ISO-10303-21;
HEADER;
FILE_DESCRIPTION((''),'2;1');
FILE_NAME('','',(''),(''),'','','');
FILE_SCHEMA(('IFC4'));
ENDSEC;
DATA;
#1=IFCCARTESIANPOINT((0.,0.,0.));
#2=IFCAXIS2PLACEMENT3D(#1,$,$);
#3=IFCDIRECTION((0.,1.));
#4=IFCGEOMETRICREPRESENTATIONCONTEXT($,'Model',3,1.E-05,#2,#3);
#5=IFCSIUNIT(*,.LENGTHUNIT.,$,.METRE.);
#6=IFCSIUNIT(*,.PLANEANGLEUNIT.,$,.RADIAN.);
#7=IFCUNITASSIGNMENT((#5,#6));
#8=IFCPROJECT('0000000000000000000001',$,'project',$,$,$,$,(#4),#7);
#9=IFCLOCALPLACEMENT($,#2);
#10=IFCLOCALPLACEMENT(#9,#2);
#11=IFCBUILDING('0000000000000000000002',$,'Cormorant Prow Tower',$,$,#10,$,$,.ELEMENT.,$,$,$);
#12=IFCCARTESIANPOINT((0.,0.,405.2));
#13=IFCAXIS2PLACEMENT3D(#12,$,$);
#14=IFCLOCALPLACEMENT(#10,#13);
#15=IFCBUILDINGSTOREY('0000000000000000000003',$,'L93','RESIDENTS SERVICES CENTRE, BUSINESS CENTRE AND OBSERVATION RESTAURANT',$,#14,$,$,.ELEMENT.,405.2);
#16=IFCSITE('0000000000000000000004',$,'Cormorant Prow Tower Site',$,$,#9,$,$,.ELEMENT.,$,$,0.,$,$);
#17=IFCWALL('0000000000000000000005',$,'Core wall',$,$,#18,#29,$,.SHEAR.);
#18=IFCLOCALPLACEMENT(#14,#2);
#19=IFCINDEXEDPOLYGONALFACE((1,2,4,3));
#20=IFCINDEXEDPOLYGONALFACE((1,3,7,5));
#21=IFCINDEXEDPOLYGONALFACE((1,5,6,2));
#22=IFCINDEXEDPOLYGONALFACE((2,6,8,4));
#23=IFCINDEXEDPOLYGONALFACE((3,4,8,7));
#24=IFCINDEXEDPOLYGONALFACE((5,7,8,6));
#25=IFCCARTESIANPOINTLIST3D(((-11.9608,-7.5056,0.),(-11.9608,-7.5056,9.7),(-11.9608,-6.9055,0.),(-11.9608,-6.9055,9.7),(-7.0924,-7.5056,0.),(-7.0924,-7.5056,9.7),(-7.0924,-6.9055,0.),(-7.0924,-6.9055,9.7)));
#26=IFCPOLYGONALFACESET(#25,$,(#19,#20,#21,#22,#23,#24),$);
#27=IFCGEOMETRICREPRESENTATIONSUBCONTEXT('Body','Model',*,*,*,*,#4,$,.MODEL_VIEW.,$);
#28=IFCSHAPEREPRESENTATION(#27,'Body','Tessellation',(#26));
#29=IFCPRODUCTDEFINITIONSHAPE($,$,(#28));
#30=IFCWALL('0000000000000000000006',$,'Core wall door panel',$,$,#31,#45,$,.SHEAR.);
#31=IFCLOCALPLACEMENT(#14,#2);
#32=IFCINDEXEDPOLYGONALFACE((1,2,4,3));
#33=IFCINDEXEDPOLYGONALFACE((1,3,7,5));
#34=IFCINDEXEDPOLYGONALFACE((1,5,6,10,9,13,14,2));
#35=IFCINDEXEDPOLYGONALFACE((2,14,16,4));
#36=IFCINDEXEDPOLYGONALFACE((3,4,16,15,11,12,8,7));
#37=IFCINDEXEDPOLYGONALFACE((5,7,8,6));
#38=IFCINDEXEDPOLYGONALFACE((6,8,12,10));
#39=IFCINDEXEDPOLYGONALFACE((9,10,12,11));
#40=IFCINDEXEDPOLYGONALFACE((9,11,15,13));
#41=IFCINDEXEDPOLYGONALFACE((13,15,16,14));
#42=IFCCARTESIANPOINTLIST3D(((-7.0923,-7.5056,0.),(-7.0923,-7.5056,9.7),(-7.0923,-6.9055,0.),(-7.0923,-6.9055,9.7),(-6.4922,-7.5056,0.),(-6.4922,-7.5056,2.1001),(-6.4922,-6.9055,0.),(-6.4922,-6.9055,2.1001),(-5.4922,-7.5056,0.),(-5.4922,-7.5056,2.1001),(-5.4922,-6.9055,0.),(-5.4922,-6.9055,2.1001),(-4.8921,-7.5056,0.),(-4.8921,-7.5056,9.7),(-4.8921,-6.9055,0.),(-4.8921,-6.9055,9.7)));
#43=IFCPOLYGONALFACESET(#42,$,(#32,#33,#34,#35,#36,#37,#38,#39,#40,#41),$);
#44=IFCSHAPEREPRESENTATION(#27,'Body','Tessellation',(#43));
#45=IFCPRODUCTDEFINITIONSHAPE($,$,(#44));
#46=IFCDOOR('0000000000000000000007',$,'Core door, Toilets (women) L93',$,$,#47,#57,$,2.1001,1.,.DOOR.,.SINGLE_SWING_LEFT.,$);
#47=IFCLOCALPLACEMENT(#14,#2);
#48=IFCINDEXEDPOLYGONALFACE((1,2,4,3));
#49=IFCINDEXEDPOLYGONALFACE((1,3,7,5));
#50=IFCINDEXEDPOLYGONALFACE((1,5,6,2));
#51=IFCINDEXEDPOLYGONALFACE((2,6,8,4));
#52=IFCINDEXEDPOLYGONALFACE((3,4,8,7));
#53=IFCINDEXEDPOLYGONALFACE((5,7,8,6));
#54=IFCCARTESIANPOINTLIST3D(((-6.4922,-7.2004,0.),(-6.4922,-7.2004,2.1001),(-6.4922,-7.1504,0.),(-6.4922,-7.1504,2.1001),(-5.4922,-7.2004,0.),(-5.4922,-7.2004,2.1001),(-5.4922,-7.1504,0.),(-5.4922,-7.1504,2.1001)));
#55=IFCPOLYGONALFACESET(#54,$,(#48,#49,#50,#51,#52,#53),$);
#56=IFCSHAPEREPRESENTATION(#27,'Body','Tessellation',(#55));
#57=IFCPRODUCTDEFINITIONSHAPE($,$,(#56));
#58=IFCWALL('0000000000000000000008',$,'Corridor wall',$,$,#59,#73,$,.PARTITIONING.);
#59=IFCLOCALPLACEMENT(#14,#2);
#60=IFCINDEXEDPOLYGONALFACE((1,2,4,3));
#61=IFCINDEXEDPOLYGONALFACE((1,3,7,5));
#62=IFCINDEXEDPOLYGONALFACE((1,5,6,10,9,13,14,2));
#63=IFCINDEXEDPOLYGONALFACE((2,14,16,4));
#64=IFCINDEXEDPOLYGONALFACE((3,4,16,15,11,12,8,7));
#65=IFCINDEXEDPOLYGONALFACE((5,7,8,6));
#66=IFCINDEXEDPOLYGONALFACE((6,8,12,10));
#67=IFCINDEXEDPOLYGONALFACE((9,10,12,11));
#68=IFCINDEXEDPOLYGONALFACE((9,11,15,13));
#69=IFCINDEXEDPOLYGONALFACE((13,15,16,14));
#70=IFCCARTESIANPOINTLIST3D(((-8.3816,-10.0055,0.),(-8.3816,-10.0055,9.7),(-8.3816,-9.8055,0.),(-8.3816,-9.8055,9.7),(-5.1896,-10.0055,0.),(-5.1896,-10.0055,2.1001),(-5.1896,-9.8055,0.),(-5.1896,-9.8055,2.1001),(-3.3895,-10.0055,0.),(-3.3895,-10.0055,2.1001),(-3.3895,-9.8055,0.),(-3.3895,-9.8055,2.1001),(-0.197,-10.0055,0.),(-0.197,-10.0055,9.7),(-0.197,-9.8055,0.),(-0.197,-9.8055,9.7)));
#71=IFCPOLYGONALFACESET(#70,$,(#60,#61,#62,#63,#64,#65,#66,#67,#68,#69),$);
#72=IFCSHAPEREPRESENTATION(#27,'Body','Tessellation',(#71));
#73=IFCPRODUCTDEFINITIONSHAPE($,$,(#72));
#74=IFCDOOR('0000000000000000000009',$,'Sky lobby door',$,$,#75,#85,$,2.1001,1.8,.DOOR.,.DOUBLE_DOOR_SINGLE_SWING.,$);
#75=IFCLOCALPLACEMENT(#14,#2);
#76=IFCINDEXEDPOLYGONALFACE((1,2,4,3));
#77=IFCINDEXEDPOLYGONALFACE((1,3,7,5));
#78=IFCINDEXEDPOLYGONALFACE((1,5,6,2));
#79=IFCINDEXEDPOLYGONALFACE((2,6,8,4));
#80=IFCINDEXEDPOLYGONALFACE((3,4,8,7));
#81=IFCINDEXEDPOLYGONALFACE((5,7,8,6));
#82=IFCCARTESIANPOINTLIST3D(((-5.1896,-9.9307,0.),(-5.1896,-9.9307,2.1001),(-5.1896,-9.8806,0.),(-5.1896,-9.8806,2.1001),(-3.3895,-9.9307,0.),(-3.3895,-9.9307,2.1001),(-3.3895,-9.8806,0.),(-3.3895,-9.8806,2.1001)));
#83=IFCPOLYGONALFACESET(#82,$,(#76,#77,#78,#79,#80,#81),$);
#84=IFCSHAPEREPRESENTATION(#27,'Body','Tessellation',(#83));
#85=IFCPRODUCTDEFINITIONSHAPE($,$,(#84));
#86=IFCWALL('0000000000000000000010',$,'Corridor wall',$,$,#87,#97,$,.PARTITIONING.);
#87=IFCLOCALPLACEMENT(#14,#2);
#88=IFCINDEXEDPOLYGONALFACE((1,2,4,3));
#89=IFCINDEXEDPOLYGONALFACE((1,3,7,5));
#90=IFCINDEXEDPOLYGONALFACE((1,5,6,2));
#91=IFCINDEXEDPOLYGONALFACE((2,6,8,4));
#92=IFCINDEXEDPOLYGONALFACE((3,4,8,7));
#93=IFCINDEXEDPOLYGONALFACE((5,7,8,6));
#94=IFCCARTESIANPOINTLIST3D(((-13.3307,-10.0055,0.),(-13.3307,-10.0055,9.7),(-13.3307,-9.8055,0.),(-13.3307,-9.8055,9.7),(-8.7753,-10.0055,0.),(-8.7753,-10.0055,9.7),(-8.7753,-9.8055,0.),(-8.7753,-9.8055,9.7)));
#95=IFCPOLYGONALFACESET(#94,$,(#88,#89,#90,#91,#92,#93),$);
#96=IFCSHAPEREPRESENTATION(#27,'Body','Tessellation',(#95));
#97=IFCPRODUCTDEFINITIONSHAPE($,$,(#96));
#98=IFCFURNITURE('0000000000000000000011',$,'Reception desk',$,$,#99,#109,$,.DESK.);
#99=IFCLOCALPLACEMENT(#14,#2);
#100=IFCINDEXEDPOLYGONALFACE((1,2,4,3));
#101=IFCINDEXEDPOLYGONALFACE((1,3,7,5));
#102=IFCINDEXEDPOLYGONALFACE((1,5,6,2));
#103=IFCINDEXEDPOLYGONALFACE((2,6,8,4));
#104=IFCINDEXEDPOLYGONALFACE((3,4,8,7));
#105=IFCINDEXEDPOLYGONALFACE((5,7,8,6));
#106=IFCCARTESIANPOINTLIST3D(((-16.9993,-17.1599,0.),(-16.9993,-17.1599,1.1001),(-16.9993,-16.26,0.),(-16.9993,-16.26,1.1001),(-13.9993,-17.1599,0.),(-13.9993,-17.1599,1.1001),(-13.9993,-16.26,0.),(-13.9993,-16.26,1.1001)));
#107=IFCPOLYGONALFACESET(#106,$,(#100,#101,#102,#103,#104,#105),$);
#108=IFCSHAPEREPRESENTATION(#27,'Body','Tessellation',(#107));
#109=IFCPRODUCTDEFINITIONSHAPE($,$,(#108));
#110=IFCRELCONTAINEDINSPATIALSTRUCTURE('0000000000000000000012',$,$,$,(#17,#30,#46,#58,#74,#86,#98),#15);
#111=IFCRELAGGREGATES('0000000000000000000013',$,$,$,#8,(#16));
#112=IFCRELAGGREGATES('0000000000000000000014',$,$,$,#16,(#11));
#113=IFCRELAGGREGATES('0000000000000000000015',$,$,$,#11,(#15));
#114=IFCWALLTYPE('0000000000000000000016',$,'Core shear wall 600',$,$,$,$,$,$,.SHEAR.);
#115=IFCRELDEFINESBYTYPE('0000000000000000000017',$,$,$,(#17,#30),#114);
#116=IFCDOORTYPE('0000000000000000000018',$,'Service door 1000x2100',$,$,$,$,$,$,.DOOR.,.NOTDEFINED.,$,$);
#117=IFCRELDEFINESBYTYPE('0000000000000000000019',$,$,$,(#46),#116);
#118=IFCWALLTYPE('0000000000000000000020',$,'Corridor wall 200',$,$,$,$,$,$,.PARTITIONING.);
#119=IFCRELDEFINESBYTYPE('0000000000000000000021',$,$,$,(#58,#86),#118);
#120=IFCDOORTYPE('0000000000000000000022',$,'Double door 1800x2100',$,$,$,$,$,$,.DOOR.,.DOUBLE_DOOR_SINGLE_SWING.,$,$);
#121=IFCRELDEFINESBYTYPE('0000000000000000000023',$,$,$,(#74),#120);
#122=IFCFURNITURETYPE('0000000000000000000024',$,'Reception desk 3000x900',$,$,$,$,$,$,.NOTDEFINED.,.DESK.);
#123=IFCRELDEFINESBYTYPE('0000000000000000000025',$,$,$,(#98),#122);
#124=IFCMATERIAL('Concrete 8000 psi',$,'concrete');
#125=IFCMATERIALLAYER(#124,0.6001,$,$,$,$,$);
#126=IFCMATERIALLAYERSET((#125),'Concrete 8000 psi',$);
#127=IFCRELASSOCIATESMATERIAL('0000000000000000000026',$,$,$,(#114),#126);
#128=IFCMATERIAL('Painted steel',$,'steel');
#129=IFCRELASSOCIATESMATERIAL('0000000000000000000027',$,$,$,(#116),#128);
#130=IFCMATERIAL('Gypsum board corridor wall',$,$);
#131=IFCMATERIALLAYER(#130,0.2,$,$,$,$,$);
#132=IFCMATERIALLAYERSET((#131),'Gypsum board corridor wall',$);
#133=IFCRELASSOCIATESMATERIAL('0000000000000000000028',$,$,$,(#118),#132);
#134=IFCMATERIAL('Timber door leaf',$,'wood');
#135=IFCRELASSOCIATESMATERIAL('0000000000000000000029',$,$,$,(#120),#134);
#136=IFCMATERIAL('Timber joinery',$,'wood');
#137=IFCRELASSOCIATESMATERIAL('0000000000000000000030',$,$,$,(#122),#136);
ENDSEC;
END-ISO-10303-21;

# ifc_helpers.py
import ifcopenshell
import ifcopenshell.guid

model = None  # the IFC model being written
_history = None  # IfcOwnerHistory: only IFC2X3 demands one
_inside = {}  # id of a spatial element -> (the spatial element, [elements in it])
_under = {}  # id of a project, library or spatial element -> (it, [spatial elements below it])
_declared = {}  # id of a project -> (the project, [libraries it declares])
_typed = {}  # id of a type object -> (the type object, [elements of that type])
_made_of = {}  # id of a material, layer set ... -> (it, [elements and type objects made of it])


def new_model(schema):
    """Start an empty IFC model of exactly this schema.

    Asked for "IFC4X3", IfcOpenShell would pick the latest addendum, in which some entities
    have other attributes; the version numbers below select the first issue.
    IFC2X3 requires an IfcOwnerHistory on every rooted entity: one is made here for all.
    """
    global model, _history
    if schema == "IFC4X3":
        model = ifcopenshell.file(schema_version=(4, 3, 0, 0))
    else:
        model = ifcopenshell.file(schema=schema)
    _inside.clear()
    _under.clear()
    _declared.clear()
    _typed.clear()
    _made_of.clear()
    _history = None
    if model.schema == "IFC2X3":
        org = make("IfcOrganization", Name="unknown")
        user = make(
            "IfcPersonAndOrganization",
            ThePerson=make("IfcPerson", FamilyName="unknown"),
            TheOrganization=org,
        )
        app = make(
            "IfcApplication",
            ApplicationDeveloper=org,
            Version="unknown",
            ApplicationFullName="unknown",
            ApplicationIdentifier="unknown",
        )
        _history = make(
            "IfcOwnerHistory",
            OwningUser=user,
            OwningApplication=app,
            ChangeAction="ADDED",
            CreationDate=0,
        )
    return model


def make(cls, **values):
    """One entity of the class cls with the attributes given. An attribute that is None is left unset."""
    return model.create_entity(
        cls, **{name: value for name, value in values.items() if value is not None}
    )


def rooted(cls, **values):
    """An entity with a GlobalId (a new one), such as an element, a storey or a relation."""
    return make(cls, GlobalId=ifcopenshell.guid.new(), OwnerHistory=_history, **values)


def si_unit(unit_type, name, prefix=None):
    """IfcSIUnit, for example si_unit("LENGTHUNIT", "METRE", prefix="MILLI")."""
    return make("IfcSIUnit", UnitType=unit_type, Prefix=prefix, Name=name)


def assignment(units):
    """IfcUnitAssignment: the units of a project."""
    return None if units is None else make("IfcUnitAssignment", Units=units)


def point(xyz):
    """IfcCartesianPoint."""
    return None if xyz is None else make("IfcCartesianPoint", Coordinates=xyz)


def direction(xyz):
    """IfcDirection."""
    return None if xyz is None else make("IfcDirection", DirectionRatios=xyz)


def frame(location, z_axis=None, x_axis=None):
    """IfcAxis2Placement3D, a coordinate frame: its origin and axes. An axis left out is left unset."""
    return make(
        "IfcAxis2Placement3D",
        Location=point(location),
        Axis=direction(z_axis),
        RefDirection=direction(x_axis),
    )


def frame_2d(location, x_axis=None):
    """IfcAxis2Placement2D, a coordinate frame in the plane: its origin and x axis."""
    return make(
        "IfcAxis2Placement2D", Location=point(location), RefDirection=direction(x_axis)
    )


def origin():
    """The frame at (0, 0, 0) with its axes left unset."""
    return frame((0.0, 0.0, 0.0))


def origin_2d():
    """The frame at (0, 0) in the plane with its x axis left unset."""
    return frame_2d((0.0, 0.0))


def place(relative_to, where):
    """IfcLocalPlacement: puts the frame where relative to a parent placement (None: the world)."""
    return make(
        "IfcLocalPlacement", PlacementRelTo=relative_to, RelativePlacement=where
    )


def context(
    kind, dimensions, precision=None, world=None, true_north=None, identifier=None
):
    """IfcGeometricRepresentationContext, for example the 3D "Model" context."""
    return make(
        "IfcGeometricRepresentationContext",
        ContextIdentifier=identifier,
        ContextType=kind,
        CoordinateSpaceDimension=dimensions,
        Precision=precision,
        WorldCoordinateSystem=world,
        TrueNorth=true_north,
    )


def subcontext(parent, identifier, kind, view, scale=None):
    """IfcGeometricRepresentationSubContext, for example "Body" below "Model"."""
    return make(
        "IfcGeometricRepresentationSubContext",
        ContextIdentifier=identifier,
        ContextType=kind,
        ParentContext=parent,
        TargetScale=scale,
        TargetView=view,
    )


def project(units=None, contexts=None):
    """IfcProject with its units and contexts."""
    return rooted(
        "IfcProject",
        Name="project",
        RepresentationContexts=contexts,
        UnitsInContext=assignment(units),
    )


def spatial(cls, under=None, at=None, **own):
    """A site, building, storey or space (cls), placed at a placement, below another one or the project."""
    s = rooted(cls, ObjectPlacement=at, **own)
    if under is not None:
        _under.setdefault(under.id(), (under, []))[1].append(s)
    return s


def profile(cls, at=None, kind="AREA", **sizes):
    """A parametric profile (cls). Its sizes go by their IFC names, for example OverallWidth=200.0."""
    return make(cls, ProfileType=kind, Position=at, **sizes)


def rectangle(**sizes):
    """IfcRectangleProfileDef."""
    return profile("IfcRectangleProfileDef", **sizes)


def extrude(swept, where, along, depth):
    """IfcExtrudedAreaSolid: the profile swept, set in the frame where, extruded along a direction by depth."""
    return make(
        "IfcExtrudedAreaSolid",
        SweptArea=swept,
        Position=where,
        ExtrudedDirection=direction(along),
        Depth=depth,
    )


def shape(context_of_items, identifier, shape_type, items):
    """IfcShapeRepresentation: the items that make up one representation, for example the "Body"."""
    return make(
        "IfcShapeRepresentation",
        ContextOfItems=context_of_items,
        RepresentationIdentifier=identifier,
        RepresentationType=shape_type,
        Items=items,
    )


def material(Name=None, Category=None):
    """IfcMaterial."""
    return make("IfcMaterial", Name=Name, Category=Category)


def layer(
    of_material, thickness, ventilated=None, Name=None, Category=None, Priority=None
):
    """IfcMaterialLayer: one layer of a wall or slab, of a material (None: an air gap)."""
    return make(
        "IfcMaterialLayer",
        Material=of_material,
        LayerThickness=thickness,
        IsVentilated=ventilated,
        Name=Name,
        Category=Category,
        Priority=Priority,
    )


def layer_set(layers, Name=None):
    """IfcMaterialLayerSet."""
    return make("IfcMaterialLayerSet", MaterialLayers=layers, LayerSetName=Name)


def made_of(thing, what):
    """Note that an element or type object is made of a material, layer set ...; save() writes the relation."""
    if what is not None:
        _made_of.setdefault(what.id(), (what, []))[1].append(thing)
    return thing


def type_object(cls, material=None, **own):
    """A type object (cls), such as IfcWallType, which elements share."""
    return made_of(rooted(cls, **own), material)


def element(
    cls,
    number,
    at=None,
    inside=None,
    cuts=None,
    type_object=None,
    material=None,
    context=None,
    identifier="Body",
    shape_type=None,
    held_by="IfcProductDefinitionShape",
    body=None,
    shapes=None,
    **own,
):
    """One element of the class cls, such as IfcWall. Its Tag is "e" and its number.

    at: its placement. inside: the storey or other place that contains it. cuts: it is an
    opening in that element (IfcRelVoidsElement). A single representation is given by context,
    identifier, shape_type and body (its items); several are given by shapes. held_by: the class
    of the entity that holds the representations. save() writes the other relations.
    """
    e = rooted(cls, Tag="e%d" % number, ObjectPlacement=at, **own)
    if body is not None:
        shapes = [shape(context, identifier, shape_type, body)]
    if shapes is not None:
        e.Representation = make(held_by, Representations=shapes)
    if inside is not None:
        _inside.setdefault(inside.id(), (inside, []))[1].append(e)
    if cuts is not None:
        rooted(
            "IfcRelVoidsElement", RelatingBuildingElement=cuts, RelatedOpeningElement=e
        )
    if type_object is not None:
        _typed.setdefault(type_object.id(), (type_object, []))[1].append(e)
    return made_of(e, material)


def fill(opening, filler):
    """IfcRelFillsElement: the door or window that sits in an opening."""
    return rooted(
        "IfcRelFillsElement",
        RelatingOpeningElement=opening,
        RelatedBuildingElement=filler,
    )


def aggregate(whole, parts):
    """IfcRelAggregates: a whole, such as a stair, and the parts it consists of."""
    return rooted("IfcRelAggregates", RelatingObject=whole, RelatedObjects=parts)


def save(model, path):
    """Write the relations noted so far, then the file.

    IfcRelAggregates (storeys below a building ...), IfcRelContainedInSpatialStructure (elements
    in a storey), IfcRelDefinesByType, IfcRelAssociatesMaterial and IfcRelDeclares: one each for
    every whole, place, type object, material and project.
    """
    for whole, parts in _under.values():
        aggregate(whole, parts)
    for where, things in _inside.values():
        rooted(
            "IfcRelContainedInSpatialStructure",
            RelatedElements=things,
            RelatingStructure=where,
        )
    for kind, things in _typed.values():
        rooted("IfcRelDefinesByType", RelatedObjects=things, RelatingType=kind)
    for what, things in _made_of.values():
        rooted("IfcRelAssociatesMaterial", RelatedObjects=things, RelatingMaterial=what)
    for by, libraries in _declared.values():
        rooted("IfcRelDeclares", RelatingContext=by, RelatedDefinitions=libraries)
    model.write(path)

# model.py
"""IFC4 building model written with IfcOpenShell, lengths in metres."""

from ifc_helpers import new_model, si_unit, direction, frame, frame_2d, origin, origin_2d, place, context, subcontext, project, spatial, rectangle, extrude, material, layer, layer_set, type_object, element, fill, save


model = new_model("IFC4")

# Units and contexts
model_context = context("Model", 3, precision=1e-05, world=origin(), true_north=direction((0.0, 1.0)))
body_context = subcontext(model_context, "Body", "Model", "MODEL_VIEW")
ifc_project = project(units=[si_unit("LENGTHUNIT", "METRE"), si_unit("PLANEANGLEUNIT", "RADIAN")], contexts=[model_context])

# Site, building, storey
site_placement = place(None, origin())
site = spatial("IfcSite", under=ifc_project, at=site_placement, Name="Cormorant Prow Tower Site", CompositionType="ELEMENT", RefElevation=0.0)
building_placement = place(site_placement, origin())
building = spatial("IfcBuilding", under=site, at=building_placement, Name="Cormorant Prow Tower", CompositionType="ELEMENT")
storey_placement = place(building_placement, frame((0.0, 0.0, 405.2)))
storey = spatial("IfcBuildingStorey", under=building, at=storey_placement, Name="L93", Description="RESIDENTS SERVICES CENTRE, BUSINESS CENTRE AND OBSERVATION RESTAURANT", CompositionType="ELEMENT", Elevation=405.2)

# Wall
ifc_material_1 = material(Name="Concrete 8000 psi", Category="concrete")
ifc_layer_1 = layer(ifc_material_1, 0.6001)
ifc_layer_set_1 = layer_set([ifc_layer_1], Name="Concrete 8000 psi")
wall_type_1 = type_object("IfcWallType", Name="Core shear wall 600", PredefinedType="SHEAR", material=ifc_layer_set_1)
wall_1_placement = place(storey_placement, frame((-11.9607, -7.2056, 0.0), z_axis=(0.0, 0.0, 1.0), x_axis=(1.0, 0.0, 0.0)))
element("IfcWall", 1, at=wall_1_placement, inside=storey, type_object=wall_type_1, Name="Core wall", PredefinedType="SHEAR", context=body_context, shape_type="SweptSolid", body=[
    extrude(rectangle(XDim=4.8684, YDim=0.6001, at=frame_2d((2.4341, 0.0))), origin(), (0.0, 0.0, 1.0), 9.7),
])

# Walls, openings, doors
wall_2_placement = place(storey_placement, frame((-7.0923, -7.2056, 0.0), z_axis=(0.0, 0.0, 1.0), x_axis=(1.0, 0.0, 0.0)))
wall_2 = element("IfcWall", 2, at=wall_2_placement, inside=storey, type_object=wall_type_1, Name="Core wall door panel", PredefinedType="SHEAR", context=body_context, shape_type="SweptSolid", body=[
    extrude(rectangle(XDim=2.2002, YDim=0.6001, at=frame_2d((1.1001, 0.0))), origin(), (0.0, 0.0, 1.0), 9.7),
])
opening_1_placement = place(wall_2_placement, frame((0.6001, 0.0, 0.0)))
opening_1 = element("IfcOpeningElement", 3, at=opening_1_placement, cuts=wall_2, PredefinedType="OPENING", context=body_context, shape_type="SweptSolid", body=[
    extrude(rectangle(XDim=1.0, YDim=2.1001, at=frame_2d((0.5, 1.05))), frame((0.0, 0.3101, 0.0), z_axis=(0.0, -1.0, 0.0), x_axis=(1.0, 0.0, 0.0)), (0.0, 0.0, 1.0), 0.6201),
])
ifc_material_2 = material(Name="Painted steel", Category="steel")
door_type_1 = type_object("IfcDoorType", Name="Service door 1000x2100", OperationType="NOTDEFINED", PredefinedType="DOOR", material=ifc_material_2)
door_1_placement = place(opening_1_placement, origin())
door_1 = element("IfcDoor", 4, at=door_1_placement, inside=storey, type_object=door_type_1, Name="Core door, Toilets (women) L93", OperationType="SINGLE_SWING_LEFT", OverallHeight=2.1001, OverallWidth=1.0, PredefinedType="DOOR", context=body_context, shape_type="SweptSolid", body=[
    extrude(rectangle(XDim=1.0, YDim=2.1001, at=frame_2d((0.5, 1.05))), frame((0.0, 0.0552, 0.0), z_axis=(0.0, -1.0, 0.0), x_axis=(1.0, 0.0, 0.0)), (0.0, 0.0, 1.0), 0.05),
])
fill(opening_1, door_1)
ifc_material_3 = material(Name="Gypsum board corridor wall")
ifc_layer_2 = layer(ifc_material_3, 0.2)
ifc_layer_set_2 = layer_set([ifc_layer_2], Name="Gypsum board corridor wall")
wall_type_2 = type_object("IfcWallType", Name="Corridor wall 200", PredefinedType="PARTITIONING", material=ifc_layer_set_2)
wall_3_placement = place(storey_placement, frame((-8.3816, -9.9055, 0.0), z_axis=(0.0, 0.0, 1.0), x_axis=(1.0, 0.0, 0.0)))
wall_3 = element("IfcWall", 5, at=wall_3_placement, inside=storey, type_object=wall_type_2, Name="Corridor wall", PredefinedType="PARTITIONING", context=body_context, shape_type="SweptSolid", body=[
    extrude(rectangle(XDim=8.1846, YDim=0.2, at=frame_2d((4.0923, 0.0))), origin(), (0.0, 0.0, 1.0), 9.7),
])
opening_2_placement = place(wall_3_placement, frame((3.1921, 0.0, 0.0)))
opening_2 = element("IfcOpeningElement", 6, at=opening_2_placement, cuts=wall_3, PredefinedType="OPENING", context=body_context, shape_type="SweptSolid", body=[
    extrude(rectangle(XDim=1.8, YDim=2.1001, at=frame_2d((0.8999, 1.05))), frame((0.0, 0.1099, 0.0), z_axis=(0.0, -1.0, 0.0), x_axis=(1.0, 0.0, 0.0)), (0.0, 0.0, 1.0), 0.22),
])
ifc_material_4 = material(Name="Timber door leaf", Category="wood")
door_type_2 = type_object("IfcDoorType", Name="Double door 1800x2100", OperationType="DOUBLE_DOOR_SINGLE_SWING", PredefinedType="DOOR", material=ifc_material_4)
door_2_placement = place(opening_2_placement, origin())
door_2 = element("IfcDoor", 7, at=door_2_placement, inside=storey, type_object=door_type_2, Name="Sky lobby door", OperationType="DOUBLE_DOOR_SINGLE_SWING", OverallHeight=2.1001, OverallWidth=1.8, PredefinedType="DOOR", context=body_context, shape_type="SweptSolid", body=[
    extrude(rectangle(XDim=1.8, YDim=2.1001, at=frame_2d((0.8999, 1.05))), frame((0.0, 0.0249, 0.0), z_axis=(0.0, -1.0, 0.0), x_axis=(1.0, 0.0, 0.0)), (0.0, 0.0, 1.0), 0.05),
])
fill(opening_2, door_2)

# Wall
wall_4_placement = place(storey_placement, frame((-13.3308, -9.9055, 0.0), z_axis=(0.0, 0.0, 1.0), x_axis=(1.0, 0.0, 0.0)))
element("IfcWall", 8, at=wall_4_placement, inside=storey, type_object=wall_type_2, Name="Corridor wall", PredefinedType="PARTITIONING", context=body_context, shape_type="SweptSolid", body=[
    extrude(rectangle(XDim=4.5554, YDim=0.2, at=frame_2d((2.2778, 0.0))), origin(), (0.0, 0.0, 1.0), 9.7),
])

# Furniture
ifc_material_5 = material(Name="Timber joinery", Category="wood")
furniture_type = type_object("IfcFurnitureType", Name="Reception desk 3000x900", AssemblyPlace="NOTDEFINED", PredefinedType="DESK", material=ifc_material_5)
furniture_placement = place(storey_placement, frame((-15.4993, -16.71, 0.0), z_axis=(0.0, 0.0, 1.0), x_axis=(1.0, 0.0, 0.0)))
element("IfcFurniture", 9, at=furniture_placement, inside=storey, type_object=furniture_type, Name="Reception desk", PredefinedType="DESK", context=body_context, shape_type="SweptSolid", body=[
    extrude(rectangle(XDim=3.0, YDim=0.8999, at=origin_2d()), origin(), (0.0, 0.0, 1.0), 1.1001),
])

save(model, "model.ifc")
